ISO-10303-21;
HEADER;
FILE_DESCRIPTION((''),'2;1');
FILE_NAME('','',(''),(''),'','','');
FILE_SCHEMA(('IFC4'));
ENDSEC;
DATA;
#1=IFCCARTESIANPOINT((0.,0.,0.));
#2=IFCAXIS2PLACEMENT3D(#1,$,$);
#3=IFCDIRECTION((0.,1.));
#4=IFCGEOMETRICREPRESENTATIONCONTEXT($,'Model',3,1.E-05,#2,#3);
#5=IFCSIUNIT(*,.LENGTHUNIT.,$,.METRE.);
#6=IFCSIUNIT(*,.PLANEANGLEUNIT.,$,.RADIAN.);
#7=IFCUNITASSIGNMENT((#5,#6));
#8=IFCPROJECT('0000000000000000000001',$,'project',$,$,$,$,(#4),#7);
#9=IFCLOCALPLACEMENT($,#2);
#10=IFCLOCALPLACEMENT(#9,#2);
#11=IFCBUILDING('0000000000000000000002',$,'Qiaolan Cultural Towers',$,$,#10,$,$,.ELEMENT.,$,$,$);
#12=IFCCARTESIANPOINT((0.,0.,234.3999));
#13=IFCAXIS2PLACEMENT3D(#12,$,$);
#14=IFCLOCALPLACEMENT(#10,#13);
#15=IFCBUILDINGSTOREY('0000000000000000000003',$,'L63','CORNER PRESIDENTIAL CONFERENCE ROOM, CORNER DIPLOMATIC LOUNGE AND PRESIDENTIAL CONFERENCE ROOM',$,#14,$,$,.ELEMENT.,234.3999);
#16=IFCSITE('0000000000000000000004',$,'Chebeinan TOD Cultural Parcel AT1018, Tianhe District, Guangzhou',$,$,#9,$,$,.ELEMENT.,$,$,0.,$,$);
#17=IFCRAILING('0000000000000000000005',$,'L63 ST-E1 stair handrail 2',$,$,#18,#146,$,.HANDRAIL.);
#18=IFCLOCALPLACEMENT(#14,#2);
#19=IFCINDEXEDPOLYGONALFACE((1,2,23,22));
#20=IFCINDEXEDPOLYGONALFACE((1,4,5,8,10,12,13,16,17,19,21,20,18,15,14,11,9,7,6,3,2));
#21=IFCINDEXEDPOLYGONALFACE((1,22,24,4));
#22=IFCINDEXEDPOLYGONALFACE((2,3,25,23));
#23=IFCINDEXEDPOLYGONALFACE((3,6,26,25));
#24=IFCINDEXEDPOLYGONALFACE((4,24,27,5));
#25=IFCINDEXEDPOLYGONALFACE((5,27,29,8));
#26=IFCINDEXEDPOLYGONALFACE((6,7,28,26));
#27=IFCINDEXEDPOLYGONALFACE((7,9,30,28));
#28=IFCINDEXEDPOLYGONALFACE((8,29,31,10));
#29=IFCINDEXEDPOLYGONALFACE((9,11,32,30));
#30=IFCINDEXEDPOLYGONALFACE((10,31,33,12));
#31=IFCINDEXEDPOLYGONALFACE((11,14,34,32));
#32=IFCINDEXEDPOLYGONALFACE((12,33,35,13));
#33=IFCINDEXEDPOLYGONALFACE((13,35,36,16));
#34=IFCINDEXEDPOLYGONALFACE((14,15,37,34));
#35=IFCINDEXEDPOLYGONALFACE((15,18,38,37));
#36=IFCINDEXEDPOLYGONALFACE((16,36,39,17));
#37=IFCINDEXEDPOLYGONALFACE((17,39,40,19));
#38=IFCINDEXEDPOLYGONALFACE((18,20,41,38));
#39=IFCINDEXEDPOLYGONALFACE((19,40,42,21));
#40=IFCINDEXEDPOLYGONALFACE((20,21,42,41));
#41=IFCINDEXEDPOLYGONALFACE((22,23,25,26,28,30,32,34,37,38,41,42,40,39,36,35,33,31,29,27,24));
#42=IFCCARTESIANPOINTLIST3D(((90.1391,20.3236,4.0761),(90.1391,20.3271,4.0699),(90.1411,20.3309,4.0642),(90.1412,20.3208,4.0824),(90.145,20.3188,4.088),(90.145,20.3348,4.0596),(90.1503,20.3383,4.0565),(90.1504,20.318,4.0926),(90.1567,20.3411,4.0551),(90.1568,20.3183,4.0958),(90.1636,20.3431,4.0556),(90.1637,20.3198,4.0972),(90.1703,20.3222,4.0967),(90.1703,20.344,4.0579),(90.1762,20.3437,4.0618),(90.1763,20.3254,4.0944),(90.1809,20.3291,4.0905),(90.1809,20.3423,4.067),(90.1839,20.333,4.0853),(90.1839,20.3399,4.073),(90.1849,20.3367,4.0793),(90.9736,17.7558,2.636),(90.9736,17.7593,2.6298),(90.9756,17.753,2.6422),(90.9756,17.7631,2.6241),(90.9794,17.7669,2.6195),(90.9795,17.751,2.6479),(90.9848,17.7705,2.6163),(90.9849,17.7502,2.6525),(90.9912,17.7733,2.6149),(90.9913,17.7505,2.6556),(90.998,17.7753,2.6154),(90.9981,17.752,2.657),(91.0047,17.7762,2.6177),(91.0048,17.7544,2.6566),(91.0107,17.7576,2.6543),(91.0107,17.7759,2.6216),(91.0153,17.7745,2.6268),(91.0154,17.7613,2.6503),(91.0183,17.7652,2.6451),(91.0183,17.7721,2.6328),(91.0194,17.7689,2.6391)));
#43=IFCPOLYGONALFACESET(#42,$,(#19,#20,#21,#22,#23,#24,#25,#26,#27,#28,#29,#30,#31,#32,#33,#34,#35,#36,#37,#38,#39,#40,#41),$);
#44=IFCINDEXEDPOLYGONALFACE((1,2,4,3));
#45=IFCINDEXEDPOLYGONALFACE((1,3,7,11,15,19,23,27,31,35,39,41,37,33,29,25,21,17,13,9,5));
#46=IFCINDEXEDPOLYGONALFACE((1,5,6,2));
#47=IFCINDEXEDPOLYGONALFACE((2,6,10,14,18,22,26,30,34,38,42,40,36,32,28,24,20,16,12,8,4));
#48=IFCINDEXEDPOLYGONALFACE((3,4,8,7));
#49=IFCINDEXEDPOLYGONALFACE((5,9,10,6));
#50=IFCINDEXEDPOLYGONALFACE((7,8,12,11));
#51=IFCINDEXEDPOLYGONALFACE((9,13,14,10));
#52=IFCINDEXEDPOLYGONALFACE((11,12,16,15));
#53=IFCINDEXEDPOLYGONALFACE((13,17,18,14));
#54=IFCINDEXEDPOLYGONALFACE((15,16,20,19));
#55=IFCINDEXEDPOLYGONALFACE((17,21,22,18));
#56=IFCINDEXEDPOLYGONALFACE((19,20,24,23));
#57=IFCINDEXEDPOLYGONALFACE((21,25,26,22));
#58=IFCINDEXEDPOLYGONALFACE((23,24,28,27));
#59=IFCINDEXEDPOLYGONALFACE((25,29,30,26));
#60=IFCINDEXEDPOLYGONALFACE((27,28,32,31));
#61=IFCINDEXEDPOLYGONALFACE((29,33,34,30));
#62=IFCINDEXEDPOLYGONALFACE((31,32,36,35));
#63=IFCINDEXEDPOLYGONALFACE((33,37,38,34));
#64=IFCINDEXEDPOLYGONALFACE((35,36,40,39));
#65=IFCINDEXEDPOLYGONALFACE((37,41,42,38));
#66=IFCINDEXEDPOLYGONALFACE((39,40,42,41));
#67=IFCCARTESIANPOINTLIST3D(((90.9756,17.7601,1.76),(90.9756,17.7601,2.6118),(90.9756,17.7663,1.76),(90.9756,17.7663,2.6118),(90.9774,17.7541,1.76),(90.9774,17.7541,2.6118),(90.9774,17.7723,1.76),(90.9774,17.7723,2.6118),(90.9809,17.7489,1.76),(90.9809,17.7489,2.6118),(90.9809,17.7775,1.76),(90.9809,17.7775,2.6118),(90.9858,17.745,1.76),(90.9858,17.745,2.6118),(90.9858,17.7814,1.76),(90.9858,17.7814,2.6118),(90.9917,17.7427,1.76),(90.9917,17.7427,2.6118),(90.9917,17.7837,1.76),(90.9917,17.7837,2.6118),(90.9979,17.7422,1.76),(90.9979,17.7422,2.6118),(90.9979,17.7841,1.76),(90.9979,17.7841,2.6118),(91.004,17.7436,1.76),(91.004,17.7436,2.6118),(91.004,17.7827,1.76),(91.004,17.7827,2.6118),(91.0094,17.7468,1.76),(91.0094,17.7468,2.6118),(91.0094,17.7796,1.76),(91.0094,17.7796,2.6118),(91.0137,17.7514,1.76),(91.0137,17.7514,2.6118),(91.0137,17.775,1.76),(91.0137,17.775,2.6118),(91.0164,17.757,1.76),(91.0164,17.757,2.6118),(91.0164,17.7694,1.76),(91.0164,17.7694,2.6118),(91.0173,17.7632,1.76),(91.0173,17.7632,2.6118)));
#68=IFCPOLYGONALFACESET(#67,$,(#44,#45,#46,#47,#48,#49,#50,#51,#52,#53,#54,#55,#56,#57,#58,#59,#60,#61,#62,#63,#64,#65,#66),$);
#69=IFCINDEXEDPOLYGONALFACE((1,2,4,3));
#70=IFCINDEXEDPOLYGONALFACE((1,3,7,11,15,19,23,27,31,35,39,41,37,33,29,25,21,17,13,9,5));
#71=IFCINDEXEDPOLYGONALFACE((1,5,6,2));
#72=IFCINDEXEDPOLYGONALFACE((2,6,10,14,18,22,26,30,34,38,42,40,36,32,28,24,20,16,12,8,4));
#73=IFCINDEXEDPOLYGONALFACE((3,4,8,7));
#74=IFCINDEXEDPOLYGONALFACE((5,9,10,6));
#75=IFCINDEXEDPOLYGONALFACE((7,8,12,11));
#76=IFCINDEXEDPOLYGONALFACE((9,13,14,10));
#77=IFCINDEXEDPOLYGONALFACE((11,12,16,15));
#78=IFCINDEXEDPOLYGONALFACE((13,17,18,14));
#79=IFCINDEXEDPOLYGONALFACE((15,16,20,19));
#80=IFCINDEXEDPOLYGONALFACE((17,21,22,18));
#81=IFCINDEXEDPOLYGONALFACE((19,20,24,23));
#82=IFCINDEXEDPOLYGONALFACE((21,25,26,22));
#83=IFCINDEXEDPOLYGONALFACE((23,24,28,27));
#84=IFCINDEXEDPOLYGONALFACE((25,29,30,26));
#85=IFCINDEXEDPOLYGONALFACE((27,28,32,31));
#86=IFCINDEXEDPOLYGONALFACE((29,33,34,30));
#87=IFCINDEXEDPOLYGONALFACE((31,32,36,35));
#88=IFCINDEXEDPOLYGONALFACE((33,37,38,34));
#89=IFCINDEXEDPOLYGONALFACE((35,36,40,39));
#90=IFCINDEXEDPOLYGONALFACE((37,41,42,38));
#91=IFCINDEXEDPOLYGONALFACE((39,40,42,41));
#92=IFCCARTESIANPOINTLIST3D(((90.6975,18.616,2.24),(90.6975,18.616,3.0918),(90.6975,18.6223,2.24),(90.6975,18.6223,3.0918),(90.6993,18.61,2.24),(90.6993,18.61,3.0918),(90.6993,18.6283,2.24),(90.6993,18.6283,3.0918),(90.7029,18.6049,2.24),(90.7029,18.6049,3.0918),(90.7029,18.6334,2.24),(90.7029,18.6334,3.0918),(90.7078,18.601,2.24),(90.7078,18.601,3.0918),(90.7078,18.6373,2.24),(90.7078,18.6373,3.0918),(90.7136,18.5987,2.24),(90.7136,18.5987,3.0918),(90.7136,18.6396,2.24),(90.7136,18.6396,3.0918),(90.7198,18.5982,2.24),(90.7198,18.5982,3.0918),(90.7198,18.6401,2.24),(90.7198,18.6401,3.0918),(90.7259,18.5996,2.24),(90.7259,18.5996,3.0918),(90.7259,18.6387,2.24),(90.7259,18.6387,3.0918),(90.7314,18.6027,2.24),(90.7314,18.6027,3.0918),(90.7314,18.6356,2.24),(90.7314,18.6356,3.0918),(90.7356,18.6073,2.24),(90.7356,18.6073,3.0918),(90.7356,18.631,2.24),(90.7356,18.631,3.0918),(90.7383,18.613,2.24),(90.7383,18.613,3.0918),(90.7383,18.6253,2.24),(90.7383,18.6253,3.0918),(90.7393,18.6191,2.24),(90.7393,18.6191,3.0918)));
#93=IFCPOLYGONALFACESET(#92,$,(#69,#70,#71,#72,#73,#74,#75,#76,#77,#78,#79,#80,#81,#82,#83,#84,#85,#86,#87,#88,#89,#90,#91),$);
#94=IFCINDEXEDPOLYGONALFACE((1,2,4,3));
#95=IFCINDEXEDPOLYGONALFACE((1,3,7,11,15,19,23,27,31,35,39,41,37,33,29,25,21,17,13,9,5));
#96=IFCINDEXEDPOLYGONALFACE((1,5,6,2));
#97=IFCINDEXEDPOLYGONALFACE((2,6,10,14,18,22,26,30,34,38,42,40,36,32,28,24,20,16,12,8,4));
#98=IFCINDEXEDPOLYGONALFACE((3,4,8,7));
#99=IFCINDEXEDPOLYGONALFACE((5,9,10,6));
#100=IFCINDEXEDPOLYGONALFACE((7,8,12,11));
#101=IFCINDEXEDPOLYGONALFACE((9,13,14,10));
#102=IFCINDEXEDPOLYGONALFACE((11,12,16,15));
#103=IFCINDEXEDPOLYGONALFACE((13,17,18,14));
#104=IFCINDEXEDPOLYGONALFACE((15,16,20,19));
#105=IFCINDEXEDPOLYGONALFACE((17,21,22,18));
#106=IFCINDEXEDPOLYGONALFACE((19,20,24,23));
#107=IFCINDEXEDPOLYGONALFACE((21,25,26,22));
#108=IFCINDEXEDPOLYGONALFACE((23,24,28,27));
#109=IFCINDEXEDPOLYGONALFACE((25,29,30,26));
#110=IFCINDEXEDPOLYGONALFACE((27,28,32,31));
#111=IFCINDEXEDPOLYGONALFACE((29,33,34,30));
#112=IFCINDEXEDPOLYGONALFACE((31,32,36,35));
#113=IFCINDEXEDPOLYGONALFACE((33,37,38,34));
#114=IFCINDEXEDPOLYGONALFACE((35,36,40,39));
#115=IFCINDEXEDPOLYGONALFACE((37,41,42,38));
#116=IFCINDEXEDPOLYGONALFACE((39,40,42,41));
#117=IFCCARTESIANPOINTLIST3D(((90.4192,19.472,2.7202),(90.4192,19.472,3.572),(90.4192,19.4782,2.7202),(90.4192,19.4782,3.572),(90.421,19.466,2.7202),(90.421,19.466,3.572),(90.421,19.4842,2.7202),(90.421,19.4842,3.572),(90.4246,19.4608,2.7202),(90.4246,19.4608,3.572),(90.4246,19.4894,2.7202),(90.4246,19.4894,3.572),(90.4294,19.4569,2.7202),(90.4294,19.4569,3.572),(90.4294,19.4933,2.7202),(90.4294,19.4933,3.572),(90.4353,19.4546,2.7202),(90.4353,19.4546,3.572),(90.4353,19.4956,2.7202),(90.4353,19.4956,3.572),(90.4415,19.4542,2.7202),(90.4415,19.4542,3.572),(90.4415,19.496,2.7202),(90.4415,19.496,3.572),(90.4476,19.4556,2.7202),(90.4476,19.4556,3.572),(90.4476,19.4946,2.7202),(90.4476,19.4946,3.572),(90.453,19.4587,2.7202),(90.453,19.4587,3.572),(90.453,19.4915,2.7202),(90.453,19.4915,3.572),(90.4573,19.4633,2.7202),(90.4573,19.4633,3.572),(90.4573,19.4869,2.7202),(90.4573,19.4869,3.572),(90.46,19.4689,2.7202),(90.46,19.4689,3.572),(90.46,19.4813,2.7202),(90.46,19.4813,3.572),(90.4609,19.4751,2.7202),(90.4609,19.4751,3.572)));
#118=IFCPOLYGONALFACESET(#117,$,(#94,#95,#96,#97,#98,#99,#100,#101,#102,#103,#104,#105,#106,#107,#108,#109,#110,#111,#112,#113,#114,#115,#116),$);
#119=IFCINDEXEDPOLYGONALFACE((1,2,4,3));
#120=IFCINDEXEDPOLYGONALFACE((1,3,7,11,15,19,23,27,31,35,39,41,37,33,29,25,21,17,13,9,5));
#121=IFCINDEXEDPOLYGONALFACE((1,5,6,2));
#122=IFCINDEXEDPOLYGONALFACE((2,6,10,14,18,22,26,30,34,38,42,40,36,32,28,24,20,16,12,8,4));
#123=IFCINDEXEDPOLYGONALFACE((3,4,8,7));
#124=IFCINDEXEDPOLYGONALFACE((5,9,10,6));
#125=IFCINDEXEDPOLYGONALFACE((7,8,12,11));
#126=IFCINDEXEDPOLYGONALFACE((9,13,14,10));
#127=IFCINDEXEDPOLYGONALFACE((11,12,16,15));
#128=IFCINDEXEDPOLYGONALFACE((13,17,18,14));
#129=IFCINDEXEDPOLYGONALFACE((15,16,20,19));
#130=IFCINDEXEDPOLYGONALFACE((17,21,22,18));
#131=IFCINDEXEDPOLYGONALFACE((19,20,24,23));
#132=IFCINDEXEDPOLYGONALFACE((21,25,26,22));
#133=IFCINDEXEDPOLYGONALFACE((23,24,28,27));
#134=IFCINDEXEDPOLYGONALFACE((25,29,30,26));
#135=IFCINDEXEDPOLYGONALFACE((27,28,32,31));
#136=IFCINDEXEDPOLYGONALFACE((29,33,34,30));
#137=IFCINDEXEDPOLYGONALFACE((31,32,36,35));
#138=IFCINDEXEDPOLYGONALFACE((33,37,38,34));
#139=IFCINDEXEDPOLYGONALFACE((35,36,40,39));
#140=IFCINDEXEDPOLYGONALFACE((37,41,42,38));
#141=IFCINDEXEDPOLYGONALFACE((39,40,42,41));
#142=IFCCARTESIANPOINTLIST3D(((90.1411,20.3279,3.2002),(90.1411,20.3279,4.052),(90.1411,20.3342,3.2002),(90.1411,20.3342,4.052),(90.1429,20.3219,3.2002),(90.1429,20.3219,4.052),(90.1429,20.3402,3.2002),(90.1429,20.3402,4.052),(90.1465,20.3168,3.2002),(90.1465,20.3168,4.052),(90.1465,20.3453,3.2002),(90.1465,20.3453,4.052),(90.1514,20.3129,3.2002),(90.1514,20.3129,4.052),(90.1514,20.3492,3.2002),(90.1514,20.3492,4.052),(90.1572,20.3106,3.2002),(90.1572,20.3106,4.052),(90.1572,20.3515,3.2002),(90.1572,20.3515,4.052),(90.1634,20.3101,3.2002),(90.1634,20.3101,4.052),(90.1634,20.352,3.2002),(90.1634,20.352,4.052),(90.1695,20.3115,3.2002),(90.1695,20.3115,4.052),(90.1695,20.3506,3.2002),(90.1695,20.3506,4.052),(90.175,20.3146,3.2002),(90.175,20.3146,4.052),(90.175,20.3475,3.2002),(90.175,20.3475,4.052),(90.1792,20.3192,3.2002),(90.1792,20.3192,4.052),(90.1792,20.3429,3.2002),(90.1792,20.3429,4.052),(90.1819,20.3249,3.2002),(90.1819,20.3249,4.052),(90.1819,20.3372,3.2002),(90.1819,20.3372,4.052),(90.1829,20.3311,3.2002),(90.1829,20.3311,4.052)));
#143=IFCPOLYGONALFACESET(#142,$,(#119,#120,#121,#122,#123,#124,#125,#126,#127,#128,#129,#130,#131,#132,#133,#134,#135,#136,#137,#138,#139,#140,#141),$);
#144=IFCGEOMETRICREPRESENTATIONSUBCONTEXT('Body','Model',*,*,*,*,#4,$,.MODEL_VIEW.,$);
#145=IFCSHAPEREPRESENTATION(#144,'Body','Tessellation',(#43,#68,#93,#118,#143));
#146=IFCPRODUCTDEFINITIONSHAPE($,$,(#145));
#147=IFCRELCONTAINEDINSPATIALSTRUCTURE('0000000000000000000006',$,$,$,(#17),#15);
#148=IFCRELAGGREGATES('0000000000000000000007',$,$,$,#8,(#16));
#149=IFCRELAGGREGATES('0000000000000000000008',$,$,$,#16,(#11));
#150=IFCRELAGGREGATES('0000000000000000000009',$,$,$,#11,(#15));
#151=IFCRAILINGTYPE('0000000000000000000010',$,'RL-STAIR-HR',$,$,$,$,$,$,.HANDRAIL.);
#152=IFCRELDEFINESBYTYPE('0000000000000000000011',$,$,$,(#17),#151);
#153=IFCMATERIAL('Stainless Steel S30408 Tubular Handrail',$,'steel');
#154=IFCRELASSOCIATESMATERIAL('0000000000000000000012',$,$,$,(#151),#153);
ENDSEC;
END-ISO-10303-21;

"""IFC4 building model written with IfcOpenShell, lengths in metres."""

from ifc_helpers import new_model, si_unit, direction, frame, origin, origin_2d, place, context, subcontext, project, spatial, circle, extrude, material, type_object, element, save


model = new_model("IFC4")

# Units and contexts
model_context = context("Model", 3, precision=1e-05, world=origin(), true_north=direction((0.0, 1.0)))
body_context = subcontext(model_context, "Body", "Model", "MODEL_VIEW")
ifc_project = project(units=[si_unit("LENGTHUNIT", "METRE"), si_unit("PLANEANGLEUNIT", "RADIAN")], contexts=[model_context])

# Site, building, storey
site_placement = place(None, origin())
site = spatial("IfcSite", under=ifc_project, at=site_placement, Name="Chebeinan TOD Cultural Parcel AT1018, Tianhe District, Guangzhou", CompositionType="ELEMENT", RefElevation=0.0)
building_placement = place(site_placement, origin())
building = spatial("IfcBuilding", under=site, at=building_placement, Name="Qiaolan Cultural Towers", CompositionType="ELEMENT")
storey_placement = place(building_placement, frame((0.0, 0.0, 234.3999)))
storey = spatial("IfcBuildingStorey", under=building, at=storey_placement, Name="L63", Description="CORNER PRESIDENTIAL CONFERENCE ROOM, CORNER DIPLOMATIC LOUNGE AND PRESIDENTIAL CONFERENCE ROOM", CompositionType="ELEMENT", Elevation=234.3999)

# Railing
ifc_material_1 = material(Name="Stainless Steel S30408 Tubular Handrail", Category="steel")
railing_type_1 = type_object("IfcRailingType", Name="RL-STAIR-HR", PredefinedType="HANDRAIL", material=ifc_material_1)
railing_1_placement = place(storey_placement, frame((90.9963, 17.7632, 1.76)))
element("IfcRailing", 1, at=railing_1_placement, inside=storey, type_object=railing_type_1, Name="L63 ST-E1 stair handrail 2", PredefinedType="HANDRAIL", context=body_context, shape_type="SweptSolid", body=[
    extrude(circle(Radius=0.0239, at=origin_2d()), frame((0.0, 0.0, 0.876), z_axis=(-0.272691, 0.839136, 0.470628), x_axis=(-0.951043, -0.309057, 0.0)), (0.0, 0.0, 1.0), 3.0601),
    extrude(circle(Radius=0.021, at=origin_2d()), origin(), (0.0, 0.0, 1.0), 0.8518),
    extrude(circle(Radius=0.021, at=origin_2d()), frame((-0.2781, 0.856, 0.48)), (0.0, 0.0, 1.0), 0.8518),
    extrude(circle(Radius=0.021, at=origin_2d()), frame((-0.5564, 1.7119, 0.9602)), (0.0, 0.0, 1.0), 0.8518),
    extrude(circle(Radius=0.021, at=origin_2d()), frame((-0.8345, 2.5679, 1.4402)), (0.0, 0.0, 1.0), 0.8518),
])

save(model, "model.ifc")
